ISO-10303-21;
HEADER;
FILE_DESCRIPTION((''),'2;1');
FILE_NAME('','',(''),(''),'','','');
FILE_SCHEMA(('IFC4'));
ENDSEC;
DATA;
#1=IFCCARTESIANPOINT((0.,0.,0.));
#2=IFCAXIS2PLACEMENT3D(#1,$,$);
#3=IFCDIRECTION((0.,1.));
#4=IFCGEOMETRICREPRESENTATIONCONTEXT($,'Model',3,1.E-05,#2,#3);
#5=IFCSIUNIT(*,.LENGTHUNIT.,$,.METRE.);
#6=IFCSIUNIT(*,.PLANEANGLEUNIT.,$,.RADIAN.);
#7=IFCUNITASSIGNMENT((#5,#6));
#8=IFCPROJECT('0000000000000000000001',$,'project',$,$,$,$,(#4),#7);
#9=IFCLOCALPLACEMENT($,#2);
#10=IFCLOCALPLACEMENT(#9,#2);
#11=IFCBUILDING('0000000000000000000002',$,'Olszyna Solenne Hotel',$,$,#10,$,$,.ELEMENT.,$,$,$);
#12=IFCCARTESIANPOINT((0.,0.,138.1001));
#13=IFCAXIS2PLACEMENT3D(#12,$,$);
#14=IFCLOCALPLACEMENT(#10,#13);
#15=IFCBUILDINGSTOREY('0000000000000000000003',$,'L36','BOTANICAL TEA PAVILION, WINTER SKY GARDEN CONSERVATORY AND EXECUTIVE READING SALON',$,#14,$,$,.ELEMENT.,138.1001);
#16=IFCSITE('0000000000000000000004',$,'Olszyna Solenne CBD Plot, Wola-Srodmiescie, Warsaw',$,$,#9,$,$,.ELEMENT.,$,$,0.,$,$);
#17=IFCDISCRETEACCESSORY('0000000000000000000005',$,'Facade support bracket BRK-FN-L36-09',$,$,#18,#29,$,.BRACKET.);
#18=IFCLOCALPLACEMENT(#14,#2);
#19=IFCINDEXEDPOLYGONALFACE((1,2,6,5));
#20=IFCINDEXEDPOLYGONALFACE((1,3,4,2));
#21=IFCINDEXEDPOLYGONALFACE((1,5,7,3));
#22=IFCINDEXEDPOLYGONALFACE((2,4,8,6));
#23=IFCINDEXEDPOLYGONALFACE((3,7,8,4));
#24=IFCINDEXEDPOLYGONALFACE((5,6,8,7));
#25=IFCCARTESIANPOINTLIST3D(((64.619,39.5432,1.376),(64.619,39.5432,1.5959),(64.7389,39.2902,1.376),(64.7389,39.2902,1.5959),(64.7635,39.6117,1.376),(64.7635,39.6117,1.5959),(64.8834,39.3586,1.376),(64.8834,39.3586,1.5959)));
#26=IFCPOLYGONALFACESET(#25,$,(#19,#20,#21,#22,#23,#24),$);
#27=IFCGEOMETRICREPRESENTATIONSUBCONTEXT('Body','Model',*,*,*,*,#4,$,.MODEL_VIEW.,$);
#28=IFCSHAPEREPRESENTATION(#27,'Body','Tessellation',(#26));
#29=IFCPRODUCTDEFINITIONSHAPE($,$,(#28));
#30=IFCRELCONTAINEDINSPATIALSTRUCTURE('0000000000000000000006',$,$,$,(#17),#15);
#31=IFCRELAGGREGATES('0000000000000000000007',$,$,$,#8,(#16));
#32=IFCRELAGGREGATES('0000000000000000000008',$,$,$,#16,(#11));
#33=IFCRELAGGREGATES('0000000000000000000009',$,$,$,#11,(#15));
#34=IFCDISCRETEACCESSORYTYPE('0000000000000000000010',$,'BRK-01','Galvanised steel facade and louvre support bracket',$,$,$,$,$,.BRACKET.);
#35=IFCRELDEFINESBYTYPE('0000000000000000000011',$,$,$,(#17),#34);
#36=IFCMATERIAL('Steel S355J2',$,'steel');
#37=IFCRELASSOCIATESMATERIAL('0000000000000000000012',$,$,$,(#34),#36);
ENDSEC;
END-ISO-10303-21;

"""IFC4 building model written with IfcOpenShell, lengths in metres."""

from ifc_helpers import new_model, si_unit, direction, frame, origin, origin_2d, place, context, subcontext, project, spatial, rectangle, extrude, source, transform, mapped, material, type_object, element, save


model = new_model("IFC4")

# Units and contexts
model_context = context("Model", 3, precision=1e-05, world=origin(), true_north=direction((0.0, 1.0)))
body_context = subcontext(model_context, "Body", "Model", "MODEL_VIEW")
ifc_project = project(units=[si_unit("LENGTHUNIT", "METRE"), si_unit("PLANEANGLEUNIT", "RADIAN")], contexts=[model_context])

# Site, building, storey
site_placement = place(None, origin())
site = spatial("IfcSite", under=ifc_project, at=site_placement, Name="Olszyna Solenne CBD Plot, Wola-Srodmiescie, Warsaw", CompositionType="ELEMENT", RefElevation=0.0)
building_placement = place(site_placement, origin())
building = spatial("IfcBuilding", under=site, at=building_placement, Name="Olszyna Solenne Hotel", CompositionType="ELEMENT")
storey_placement = place(building_placement, frame((0.0, 0.0, 138.1001)))
storey = spatial("IfcBuildingStorey", under=building, at=storey_placement, Name="L36", Description="BOTANICAL TEA PAVILION, WINTER SKY GARDEN CONSERVATORY AND EXECUTIVE READING SALON", CompositionType="ELEMENT", Elevation=138.1001)

# Shared definitions
ifc_material_1 = material(Name="Steel S355J2", Category="steel")

# Discrete accessory
discrete_accessory_type = type_object("IfcDiscreteAccessoryType", Name="BRK-01", Description="Galvanised steel facade and louvre support bracket", PredefinedType="BRACKET", material=ifc_material_1)
shared_shape_1 = source(origin(), body_context, "Body", "SweptSolid", [
    extrude(rectangle(XDim=0.28, YDim=0.1599, at=origin_2d()), origin(), (0.0, 0.0, 1.0), 0.22),
])
discrete_accessory_placement = place(storey_placement, frame((64.7512, 39.4509, 1.376), z_axis=(0.0, 0.0, 1.0), x_axis=(0.428147, -0.903709, 0.0)))
element("IfcDiscreteAccessory", 1, at=discrete_accessory_placement, inside=storey, type_object=discrete_accessory_type, Name="Facade support bracket BRK-FN-L36-09", PredefinedType="BRACKET", context=body_context, shape_type="MappedRepresentation", body=[
    mapped(shared_shape_1, transform((0.0, 0.0, 0.0), x_axis=(1.0, 0.0, 0.0), y_axis=(0.0, 1.0, 0.0), z_axis=(0.0, 0.0, 1.0), scale=1.0)),
])

save(model, "model.ifc")
